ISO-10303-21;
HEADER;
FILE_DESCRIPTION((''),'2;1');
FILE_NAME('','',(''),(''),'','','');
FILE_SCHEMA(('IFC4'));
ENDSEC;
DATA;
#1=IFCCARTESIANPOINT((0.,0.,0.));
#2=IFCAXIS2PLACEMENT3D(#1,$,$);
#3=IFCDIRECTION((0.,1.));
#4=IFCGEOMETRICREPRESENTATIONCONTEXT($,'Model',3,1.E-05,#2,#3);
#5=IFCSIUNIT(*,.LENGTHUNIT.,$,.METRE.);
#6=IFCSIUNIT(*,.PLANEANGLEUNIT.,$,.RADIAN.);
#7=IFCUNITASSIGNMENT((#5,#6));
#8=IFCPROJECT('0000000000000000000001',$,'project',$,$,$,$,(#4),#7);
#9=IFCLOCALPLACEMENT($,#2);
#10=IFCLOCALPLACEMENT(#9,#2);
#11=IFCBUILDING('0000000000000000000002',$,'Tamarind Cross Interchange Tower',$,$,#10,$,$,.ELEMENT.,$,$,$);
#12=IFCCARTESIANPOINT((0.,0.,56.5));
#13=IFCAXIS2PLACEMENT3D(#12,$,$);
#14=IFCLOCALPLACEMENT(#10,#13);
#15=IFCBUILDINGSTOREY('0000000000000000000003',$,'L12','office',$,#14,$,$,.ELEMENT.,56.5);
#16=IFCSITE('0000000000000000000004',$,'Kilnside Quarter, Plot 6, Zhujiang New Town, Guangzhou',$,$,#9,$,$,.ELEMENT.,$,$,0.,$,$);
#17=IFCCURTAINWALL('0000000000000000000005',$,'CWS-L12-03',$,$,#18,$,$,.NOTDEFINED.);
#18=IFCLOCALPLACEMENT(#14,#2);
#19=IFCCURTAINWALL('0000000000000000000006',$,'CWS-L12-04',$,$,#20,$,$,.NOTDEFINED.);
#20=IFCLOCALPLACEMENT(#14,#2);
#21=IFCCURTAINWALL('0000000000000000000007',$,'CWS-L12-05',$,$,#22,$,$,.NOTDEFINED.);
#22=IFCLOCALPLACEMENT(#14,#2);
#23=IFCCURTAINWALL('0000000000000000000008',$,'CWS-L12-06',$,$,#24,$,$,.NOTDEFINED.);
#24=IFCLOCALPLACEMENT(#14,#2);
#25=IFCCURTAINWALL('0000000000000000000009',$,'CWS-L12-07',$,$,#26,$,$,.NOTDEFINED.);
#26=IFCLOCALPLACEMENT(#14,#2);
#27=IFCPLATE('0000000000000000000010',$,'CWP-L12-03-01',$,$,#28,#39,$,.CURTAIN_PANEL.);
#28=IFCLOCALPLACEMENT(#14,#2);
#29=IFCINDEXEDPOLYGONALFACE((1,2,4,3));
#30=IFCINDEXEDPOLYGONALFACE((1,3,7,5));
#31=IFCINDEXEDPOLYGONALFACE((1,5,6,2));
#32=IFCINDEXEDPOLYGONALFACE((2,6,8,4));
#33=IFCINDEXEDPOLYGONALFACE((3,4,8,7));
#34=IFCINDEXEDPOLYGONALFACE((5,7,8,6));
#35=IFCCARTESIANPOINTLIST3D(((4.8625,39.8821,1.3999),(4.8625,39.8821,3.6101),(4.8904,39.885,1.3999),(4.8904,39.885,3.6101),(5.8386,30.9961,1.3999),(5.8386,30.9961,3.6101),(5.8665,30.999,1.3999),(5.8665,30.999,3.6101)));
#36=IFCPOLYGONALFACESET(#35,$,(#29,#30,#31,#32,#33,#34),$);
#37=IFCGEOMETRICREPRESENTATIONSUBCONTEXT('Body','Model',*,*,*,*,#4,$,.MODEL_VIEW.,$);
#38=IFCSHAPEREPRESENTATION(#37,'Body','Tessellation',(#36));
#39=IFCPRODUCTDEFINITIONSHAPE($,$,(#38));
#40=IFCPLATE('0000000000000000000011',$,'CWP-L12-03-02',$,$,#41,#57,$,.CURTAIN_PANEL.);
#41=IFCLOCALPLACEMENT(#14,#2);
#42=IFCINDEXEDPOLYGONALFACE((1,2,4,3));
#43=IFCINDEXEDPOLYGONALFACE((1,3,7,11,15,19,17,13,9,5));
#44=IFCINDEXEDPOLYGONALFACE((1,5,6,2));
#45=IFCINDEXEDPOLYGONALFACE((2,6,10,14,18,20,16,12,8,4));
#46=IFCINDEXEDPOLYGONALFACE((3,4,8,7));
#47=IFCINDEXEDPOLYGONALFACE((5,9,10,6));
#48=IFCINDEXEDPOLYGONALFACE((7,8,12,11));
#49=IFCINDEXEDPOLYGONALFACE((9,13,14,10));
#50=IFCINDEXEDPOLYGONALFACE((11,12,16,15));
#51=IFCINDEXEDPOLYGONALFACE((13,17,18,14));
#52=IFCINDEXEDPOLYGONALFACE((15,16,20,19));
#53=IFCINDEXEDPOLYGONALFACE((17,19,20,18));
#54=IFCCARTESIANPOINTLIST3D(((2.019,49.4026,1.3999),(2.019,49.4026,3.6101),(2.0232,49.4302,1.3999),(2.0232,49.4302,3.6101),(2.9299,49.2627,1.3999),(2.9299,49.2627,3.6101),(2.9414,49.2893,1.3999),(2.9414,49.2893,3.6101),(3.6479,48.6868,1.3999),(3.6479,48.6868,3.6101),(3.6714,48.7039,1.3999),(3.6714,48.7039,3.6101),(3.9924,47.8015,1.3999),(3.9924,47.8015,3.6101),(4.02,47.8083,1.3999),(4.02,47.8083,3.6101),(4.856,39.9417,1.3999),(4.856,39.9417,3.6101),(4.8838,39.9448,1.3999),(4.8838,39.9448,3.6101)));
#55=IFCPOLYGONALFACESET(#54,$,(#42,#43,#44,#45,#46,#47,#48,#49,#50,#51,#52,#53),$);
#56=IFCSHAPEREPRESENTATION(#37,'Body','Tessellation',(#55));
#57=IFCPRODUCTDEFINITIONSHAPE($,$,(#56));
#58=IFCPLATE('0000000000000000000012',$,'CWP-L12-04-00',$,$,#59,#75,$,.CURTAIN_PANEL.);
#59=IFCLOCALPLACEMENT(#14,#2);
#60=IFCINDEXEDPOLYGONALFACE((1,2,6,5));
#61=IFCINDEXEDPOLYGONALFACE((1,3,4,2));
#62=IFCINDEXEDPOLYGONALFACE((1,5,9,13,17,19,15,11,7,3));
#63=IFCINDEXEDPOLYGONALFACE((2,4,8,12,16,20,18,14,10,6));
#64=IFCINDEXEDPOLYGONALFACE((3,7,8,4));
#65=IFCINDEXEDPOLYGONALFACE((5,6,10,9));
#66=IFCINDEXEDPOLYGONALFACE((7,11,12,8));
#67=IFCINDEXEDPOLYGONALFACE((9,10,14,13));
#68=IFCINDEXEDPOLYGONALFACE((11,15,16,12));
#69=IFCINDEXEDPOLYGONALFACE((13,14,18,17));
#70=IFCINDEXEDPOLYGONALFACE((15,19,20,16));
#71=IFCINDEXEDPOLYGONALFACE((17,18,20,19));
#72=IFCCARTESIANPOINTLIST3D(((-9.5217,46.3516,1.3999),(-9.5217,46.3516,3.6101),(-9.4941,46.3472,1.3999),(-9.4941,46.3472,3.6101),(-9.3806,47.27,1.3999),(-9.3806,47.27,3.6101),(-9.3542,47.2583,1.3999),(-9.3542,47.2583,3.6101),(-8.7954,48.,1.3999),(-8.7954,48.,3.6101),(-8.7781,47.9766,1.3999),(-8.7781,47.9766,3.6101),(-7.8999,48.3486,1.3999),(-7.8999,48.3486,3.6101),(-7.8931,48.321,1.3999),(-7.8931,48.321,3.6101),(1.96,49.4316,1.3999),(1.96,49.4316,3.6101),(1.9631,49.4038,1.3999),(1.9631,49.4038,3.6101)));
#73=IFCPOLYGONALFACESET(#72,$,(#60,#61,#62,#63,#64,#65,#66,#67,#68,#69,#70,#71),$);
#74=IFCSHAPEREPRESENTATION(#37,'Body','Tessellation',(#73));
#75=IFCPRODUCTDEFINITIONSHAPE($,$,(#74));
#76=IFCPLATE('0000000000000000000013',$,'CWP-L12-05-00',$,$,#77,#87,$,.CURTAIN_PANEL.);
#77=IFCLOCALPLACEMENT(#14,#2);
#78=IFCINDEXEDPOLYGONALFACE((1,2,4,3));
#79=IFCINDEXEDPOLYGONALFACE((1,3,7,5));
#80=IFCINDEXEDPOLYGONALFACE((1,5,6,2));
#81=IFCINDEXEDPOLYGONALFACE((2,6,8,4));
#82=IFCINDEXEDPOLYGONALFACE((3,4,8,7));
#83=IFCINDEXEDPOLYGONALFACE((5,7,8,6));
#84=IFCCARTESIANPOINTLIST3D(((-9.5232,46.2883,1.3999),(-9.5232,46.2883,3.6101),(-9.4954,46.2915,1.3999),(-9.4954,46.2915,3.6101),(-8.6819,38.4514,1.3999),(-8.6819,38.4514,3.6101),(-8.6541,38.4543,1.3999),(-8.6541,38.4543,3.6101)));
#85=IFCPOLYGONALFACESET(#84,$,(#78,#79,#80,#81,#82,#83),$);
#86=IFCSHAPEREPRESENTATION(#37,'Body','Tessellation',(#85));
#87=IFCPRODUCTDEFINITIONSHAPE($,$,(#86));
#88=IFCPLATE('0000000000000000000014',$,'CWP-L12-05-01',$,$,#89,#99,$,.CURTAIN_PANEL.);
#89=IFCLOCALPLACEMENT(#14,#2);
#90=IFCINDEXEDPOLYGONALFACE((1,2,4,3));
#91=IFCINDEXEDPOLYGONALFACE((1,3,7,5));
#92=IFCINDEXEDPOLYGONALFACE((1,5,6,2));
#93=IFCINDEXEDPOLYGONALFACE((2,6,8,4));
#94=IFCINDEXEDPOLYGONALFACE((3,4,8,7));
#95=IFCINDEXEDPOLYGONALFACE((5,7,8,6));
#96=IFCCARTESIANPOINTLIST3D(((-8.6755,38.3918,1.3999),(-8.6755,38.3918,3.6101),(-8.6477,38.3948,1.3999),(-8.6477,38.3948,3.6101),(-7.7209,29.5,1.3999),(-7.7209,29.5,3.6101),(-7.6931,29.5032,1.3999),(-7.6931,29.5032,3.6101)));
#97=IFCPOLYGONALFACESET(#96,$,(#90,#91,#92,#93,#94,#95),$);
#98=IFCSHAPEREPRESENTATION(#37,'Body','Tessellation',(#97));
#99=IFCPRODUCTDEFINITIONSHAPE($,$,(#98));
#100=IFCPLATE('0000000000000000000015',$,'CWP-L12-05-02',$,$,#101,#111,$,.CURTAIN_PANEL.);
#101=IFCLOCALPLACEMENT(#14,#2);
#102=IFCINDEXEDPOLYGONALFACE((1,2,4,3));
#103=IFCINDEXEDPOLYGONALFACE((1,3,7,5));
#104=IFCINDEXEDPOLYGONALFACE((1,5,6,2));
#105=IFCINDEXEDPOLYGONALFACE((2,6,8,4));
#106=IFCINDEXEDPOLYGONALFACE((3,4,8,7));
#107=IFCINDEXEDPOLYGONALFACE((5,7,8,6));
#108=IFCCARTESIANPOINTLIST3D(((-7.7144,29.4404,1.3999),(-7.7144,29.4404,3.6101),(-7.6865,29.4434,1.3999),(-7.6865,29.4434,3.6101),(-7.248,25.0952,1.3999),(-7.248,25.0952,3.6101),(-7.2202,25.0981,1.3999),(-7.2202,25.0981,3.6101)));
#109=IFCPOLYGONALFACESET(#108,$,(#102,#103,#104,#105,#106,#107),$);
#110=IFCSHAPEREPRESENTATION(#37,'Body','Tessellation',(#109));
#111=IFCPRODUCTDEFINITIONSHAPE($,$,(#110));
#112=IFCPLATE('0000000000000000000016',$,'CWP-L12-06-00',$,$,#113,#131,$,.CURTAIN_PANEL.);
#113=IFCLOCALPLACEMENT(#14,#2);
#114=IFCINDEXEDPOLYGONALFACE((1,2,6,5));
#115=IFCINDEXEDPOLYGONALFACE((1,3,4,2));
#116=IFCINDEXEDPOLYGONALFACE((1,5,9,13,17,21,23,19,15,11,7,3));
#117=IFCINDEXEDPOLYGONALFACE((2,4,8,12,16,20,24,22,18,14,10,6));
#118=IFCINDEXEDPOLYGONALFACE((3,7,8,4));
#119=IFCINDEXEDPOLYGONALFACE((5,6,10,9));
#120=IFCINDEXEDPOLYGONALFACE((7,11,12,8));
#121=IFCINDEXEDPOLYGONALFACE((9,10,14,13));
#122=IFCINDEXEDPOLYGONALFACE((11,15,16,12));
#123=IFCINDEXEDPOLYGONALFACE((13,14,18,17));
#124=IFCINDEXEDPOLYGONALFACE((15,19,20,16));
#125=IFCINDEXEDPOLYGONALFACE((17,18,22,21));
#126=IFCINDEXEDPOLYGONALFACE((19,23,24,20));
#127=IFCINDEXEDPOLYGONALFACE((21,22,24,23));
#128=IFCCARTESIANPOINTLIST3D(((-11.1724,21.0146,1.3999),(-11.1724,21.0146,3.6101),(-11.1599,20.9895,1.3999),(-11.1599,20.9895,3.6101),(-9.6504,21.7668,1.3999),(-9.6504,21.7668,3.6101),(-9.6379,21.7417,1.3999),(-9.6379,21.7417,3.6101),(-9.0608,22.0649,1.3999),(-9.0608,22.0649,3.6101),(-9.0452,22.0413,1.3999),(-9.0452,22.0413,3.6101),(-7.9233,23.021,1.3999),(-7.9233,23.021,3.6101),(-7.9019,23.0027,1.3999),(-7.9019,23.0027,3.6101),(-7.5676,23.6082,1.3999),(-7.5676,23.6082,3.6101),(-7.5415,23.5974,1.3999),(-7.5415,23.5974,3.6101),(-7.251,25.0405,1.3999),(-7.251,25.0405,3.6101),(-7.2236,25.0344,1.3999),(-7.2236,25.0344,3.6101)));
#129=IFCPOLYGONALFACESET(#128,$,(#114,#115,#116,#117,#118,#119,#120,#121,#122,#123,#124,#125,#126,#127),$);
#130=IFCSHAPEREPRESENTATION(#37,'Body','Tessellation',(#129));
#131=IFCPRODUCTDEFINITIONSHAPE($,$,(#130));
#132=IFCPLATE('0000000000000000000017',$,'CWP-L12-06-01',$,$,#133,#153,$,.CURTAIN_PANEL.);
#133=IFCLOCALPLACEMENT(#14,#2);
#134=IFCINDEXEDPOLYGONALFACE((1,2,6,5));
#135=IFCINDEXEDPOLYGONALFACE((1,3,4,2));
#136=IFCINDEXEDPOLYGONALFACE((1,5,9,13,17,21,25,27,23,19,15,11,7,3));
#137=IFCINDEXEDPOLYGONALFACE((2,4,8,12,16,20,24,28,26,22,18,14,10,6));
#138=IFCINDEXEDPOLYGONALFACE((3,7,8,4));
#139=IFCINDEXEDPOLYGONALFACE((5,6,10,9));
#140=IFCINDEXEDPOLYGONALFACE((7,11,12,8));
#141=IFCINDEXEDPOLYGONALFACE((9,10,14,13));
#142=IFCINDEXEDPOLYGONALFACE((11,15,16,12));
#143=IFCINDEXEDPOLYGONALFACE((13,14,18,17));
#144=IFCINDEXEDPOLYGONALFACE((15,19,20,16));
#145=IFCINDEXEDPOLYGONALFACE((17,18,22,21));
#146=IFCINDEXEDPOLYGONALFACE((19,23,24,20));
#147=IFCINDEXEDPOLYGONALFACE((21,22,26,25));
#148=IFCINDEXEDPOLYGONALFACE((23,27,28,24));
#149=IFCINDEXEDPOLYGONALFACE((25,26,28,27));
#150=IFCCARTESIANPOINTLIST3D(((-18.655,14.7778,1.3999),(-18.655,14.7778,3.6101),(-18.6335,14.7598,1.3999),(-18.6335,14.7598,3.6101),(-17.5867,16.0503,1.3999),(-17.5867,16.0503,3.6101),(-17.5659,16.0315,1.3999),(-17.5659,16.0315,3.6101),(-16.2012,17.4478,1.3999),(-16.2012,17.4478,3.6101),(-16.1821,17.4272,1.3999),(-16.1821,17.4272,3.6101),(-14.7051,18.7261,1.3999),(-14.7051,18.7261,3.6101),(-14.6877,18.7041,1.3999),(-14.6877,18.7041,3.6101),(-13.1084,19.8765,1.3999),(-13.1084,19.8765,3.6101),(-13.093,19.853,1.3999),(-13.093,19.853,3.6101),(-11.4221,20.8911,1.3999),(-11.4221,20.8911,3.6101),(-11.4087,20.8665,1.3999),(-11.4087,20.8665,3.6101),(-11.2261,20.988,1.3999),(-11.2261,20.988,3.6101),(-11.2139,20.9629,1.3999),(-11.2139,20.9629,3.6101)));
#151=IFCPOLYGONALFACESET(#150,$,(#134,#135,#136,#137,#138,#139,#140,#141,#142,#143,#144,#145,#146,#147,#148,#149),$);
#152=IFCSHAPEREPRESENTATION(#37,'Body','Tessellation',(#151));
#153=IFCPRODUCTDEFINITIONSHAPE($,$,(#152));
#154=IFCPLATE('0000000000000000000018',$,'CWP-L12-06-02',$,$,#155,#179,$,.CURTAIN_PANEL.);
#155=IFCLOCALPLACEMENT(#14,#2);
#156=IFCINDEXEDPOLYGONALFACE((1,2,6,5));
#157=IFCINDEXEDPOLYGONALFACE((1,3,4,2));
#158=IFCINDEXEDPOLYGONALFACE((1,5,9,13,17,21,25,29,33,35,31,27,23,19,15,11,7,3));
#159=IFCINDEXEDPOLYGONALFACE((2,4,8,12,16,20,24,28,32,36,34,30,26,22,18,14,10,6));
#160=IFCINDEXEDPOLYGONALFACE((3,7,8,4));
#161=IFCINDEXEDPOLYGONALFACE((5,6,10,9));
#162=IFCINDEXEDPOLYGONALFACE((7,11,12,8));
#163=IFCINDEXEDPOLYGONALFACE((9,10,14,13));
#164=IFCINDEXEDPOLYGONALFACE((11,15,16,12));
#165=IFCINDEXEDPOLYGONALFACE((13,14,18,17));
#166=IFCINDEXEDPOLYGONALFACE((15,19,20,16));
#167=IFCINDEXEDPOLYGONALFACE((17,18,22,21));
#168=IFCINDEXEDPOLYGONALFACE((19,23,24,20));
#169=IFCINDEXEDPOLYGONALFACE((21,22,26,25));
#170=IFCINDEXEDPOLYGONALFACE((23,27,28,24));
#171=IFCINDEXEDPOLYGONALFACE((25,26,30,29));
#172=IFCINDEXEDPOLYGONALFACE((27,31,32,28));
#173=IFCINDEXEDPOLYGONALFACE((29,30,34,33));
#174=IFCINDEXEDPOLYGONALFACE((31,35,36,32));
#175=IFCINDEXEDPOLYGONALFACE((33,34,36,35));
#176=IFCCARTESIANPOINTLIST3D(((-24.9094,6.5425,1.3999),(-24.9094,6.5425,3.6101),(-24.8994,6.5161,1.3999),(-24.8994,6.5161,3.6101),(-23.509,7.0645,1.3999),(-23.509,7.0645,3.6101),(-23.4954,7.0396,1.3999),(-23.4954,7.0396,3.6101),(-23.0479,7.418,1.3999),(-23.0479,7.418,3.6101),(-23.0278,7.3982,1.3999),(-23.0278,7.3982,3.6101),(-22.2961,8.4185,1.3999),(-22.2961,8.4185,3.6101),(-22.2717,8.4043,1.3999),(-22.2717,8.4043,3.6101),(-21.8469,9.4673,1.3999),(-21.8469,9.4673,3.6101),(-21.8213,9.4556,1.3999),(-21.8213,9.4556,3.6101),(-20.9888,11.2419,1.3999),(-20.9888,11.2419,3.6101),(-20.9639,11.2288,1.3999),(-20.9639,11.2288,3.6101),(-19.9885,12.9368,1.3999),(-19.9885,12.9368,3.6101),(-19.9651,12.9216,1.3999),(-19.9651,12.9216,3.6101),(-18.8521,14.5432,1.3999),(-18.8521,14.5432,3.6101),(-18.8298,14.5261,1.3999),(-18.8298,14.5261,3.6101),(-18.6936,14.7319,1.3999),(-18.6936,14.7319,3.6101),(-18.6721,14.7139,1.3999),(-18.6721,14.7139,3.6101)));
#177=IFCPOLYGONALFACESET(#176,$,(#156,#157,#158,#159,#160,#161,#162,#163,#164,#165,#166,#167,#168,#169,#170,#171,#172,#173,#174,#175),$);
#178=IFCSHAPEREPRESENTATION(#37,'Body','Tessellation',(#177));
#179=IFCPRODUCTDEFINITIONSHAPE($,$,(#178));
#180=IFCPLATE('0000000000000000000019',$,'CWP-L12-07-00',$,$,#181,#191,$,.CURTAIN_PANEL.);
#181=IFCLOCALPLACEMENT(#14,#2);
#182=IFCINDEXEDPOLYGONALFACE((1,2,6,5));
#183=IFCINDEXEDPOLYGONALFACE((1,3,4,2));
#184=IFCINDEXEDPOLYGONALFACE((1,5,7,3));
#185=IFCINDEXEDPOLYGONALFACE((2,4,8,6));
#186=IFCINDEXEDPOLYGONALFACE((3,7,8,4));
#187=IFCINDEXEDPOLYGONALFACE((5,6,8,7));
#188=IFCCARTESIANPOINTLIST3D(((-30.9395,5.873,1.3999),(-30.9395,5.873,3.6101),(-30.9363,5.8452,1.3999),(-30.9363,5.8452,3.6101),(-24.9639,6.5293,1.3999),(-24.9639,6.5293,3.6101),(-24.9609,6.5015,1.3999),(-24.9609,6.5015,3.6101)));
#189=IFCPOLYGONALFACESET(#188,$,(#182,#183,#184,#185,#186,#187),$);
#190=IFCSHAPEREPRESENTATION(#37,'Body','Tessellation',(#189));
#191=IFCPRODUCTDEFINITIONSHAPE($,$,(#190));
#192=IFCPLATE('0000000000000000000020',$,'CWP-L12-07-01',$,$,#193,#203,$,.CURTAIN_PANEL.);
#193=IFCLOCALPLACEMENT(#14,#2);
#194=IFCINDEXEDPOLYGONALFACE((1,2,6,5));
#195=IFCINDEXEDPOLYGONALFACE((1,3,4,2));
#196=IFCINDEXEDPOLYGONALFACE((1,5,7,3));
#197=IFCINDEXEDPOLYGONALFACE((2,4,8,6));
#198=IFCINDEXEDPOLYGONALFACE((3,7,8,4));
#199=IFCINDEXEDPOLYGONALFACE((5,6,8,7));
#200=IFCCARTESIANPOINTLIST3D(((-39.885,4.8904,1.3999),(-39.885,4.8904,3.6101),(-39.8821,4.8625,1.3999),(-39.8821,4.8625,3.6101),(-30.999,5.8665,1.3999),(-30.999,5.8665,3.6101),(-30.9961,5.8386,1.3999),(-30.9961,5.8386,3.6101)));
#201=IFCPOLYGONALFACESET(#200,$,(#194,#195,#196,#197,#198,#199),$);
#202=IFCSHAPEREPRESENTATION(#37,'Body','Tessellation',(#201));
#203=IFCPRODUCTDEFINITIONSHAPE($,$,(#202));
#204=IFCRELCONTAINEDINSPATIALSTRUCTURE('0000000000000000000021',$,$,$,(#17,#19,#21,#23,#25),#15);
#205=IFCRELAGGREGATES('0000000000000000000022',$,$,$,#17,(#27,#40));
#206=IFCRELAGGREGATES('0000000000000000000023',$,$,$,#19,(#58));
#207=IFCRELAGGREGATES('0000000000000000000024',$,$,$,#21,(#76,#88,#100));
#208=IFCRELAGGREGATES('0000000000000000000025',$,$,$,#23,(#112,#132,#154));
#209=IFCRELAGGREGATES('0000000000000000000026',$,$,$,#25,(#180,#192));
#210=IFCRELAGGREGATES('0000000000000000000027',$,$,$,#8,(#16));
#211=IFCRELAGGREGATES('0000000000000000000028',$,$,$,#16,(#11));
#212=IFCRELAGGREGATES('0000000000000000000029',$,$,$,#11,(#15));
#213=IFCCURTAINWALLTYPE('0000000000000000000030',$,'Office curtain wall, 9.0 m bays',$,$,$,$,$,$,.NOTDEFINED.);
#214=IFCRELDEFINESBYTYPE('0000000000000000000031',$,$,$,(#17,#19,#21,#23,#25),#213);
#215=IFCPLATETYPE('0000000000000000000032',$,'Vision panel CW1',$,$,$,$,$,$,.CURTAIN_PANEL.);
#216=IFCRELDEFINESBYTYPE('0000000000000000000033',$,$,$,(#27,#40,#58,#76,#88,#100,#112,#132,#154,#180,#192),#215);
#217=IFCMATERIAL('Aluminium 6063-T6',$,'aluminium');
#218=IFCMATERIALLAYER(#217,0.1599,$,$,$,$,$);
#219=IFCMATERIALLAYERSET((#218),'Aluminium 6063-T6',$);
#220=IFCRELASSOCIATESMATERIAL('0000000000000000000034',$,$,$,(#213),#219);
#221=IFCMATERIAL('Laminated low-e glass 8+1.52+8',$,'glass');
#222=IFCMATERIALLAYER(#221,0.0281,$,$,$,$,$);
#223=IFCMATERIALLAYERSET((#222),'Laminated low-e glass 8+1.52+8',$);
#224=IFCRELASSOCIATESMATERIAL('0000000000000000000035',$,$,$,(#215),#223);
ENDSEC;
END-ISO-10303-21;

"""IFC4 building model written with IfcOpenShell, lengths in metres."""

from ifc_helpers import new_model, si_unit, direction, frame, origin, place, context, subcontext, project, spatial, polyline, outline, extrude, material, layer, layer_set, type_object, element, aggregate, save


model = new_model("IFC4")

# Units and contexts
model_context = context("Model", 3, precision=1e-05, world=origin(), true_north=direction((0.0, 1.0)))
body_context = subcontext(model_context, "Body", "Model", "MODEL_VIEW")
ifc_project = project(units=[si_unit("LENGTHUNIT", "METRE"), si_unit("PLANEANGLEUNIT", "RADIAN")], contexts=[model_context])

# Site, building, storey
site_placement = place(None, origin())
site = spatial("IfcSite", under=ifc_project, at=site_placement, Name="Kilnside Quarter, Plot 6, Zhujiang New Town, Guangzhou", CompositionType="ELEMENT", RefElevation=0.0)
building_placement = place(site_placement, origin())
building = spatial("IfcBuilding", under=site, at=building_placement, Name="Tamarind Cross Interchange Tower", CompositionType="ELEMENT")
storey_placement = place(building_placement, frame((0.0, 0.0, 56.5)))
storey = spatial("IfcBuildingStorey", under=building, at=storey_placement, Name="L12", Description="office", CompositionType="ELEMENT", Elevation=56.5)

# Curtain walls
ifc_material_1 = material(Name="Aluminium 6063-T6", Category="aluminium")
ifc_layer_1 = layer(ifc_material_1, 0.1599)
ifc_layer_set_1 = layer_set([ifc_layer_1], Name="Aluminium 6063-T6")
curtain_wall_type = type_object("IfcCurtainWallType", Name="Office curtain wall, 9.0 m bays", PredefinedType="NOTDEFINED", material=ifc_layer_set_1)
curtain_wall_1_placement = place(storey_placement, origin())
curtain_wall_1 = element("IfcCurtainWall", 1, at=curtain_wall_1_placement, inside=storey, type_object=curtain_wall_type, Name="CWS-L12-03", PredefinedType="NOTDEFINED")
curtain_wall_2_placement = place(storey_placement, origin())
curtain_wall_2 = element("IfcCurtainWall", 2, at=curtain_wall_2_placement, inside=storey, type_object=curtain_wall_type, Name="CWS-L12-04", PredefinedType="NOTDEFINED")
curtain_wall_3_placement = place(storey_placement, origin())
curtain_wall_3 = element("IfcCurtainWall", 3, at=curtain_wall_3_placement, inside=storey, type_object=curtain_wall_type, Name="CWS-L12-05", PredefinedType="NOTDEFINED")
curtain_wall_4_placement = place(storey_placement, origin())
curtain_wall_4 = element("IfcCurtainWall", 4, at=curtain_wall_4_placement, inside=storey, type_object=curtain_wall_type, Name="CWS-L12-06", PredefinedType="NOTDEFINED")
curtain_wall_5_placement = place(storey_placement, origin())
curtain_wall_5 = element("IfcCurtainWall", 5, at=curtain_wall_5_placement, inside=storey, type_object=curtain_wall_type, Name="CWS-L12-07", PredefinedType="NOTDEFINED")

# Plates
ifc_material_2 = material(Name="Laminated low-e glass 8+1.52+8", Category="glass")
ifc_layer_2 = layer(ifc_material_2, 0.0281)
ifc_layer_set_2 = layer_set([ifc_layer_2], Name="Laminated low-e glass 8+1.52+8")
plate_type = type_object("IfcPlateType", Name="Vision panel CW1", PredefinedType="CURTAIN_PANEL", material=ifc_layer_set_2)
plate_1_placement = place(storey_placement, frame((0.0, 0.0, 1.3999)))
plate_1 = element("IfcPlate", 6, at=plate_1_placement, type_object=plate_type, Name="CWP-L12-03-01", PredefinedType="CURTAIN_PANEL", context=body_context, shape_type="SweptSolid", body=[
    extrude(outline(polyline([(5.8386, 30.9961), (4.8625, 39.8821), (4.8904, 39.885), (5.8665, 30.999), (5.8386, 30.9961)])), origin(), (0.0, 0.0, 1.0), 2.2102),
])
plate_2_placement = place(storey_placement, frame((0.0, 0.0, 1.3999)))
plate_2 = element("IfcPlate", 7, at=plate_2_placement, type_object=plate_type, Name="CWP-L12-03-02", PredefinedType="CURTAIN_PANEL", context=body_context, shape_type="SweptSolid", body=[
    extrude(outline(polyline([(4.856, 39.9417), (3.9924, 47.8015), (3.6479, 48.6868), (2.9299, 49.2627), (2.019, 49.4026), (2.0232, 49.4302), (2.9414, 49.2893), (3.6714, 48.7039), (4.02, 47.8083), (4.8838, 39.9448), (4.856, 39.9417)])), origin(), (0.0, 0.0, 1.0), 2.2102),
])
aggregate(curtain_wall_1, [plate_1, plate_2])
plate_3_placement = place(storey_placement, frame((0.0, 0.0, 1.3999)))
plate_3 = element("IfcPlate", 8, at=plate_3_placement, type_object=plate_type, Name="CWP-L12-04-00", PredefinedType="CURTAIN_PANEL", context=body_context, shape_type="SweptSolid", body=[
    extrude(outline(polyline([(1.9631, 49.4038), (-7.8931, 48.321), (-8.7781, 47.9766), (-9.3542, 47.2583), (-9.4941, 46.3472), (-9.5217, 46.3516), (-9.3806, 47.27), (-8.7954, 48.0), (-7.8999, 48.3486), (1.96, 49.4316), (1.9631, 49.4038)])), origin(), (0.0, 0.0, 1.0), 2.2102),
])
aggregate(curtain_wall_2, [plate_3])
plate_4_placement = place(storey_placement, frame((0.0, 0.0, 1.3999)))
plate_4 = element("IfcPlate", 9, at=plate_4_placement, type_object=plate_type, Name="CWP-L12-05-00", PredefinedType="CURTAIN_PANEL", context=body_context, shape_type="SweptSolid", body=[
    extrude(outline(polyline([(-9.4954, 46.2915), (-8.6541, 38.4543), (-8.6819, 38.4514), (-9.5232, 46.2883), (-9.4954, 46.2915)])), origin(), (0.0, 0.0, 1.0), 2.2102),
])
plate_5_placement = place(storey_placement, frame((0.0, 0.0, 1.3999)))
plate_5 = element("IfcPlate", 10, at=plate_5_placement, type_object=plate_type, Name="CWP-L12-05-01", PredefinedType="CURTAIN_PANEL", context=body_context, shape_type="SweptSolid", body=[
    extrude(outline(polyline([(-8.6477, 38.3948), (-7.6931, 29.5032), (-7.7209, 29.5), (-8.6755, 38.3918), (-8.6477, 38.3948)])), origin(), (0.0, 0.0, 1.0), 2.2102),
])
plate_6_placement = place(storey_placement, frame((0.0, 0.0, 1.3999)))
plate_6 = element("IfcPlate", 11, at=plate_6_placement, type_object=plate_type, Name="CWP-L12-05-02", PredefinedType="CURTAIN_PANEL", context=body_context, shape_type="SweptSolid", body=[
    extrude(outline(polyline([(-7.6865, 29.4434), (-7.2202, 25.0981), (-7.248, 25.0952), (-7.7144, 29.4404), (-7.6865, 29.4434)])), origin(), (0.0, 0.0, 1.0), 2.2102),
])
aggregate(curtain_wall_3, [plate_4, plate_5, plate_6])
plate_7_placement = place(storey_placement, frame((0.0, 0.0, 1.3999)))
plate_7 = element("IfcPlate", 12, at=plate_7_placement, type_object=plate_type, Name="CWP-L12-06-00", PredefinedType="CURTAIN_PANEL", context=body_context, shape_type="SweptSolid", body=[
    extrude(outline(polyline([(-7.2236, 25.0344), (-7.5415, 23.5974), (-7.9019, 23.0027), (-9.0452, 22.0413), (-9.6379, 21.7417), (-11.1599, 20.9895), (-11.1724, 21.0146), (-9.6504, 21.7668), (-9.0608, 22.0649), (-7.9233, 23.021), (-7.5676, 23.6082), (-7.251, 25.0405), (-7.2236, 25.0344)])), origin(), (0.0, 0.0, 1.0), 2.2102),
])
plate_8_placement = place(storey_placement, frame((0.0, 0.0, 1.3999)))
plate_8 = element("IfcPlate", 13, at=plate_8_placement, type_object=plate_type, Name="CWP-L12-06-01", PredefinedType="CURTAIN_PANEL", context=body_context, shape_type="SweptSolid", body=[
    extrude(outline(polyline([(-11.2139, 20.9629), (-11.4087, 20.8665), (-13.093, 19.853), (-14.6877, 18.7041), (-16.1821, 17.4272), (-17.5659, 16.0315), (-18.6335, 14.7598), (-18.655, 14.7778), (-17.5867, 16.0503), (-16.2012, 17.4478), (-14.7051, 18.7261), (-13.1084, 19.8765), (-11.4221, 20.8911), (-11.2261, 20.988), (-11.2139, 20.9629)])), origin(), (0.0, 0.0, 1.0), 2.2102),
])
plate_9_placement = place(storey_placement, frame((0.0, 0.0, 1.3999)))
plate_9 = element("IfcPlate", 14, at=plate_9_placement, type_object=plate_type, Name="CWP-L12-06-02", PredefinedType="CURTAIN_PANEL", context=body_context, shape_type="SweptSolid", body=[
    extrude(outline(polyline([(-18.6721, 14.7139), (-18.8298, 14.5261), (-19.9651, 12.9216), (-20.9639, 11.2288), (-21.8213, 9.4556), (-22.2717, 8.4043), (-23.0278, 7.3982), (-23.4954, 7.0396), (-24.8994, 6.5161), (-24.9094, 6.5425), (-23.509, 7.0645), (-23.0479, 7.418), (-22.2961, 8.4185), (-21.8469, 9.4673), (-20.9888, 11.2419), (-19.9885, 12.9368), (-18.8521, 14.5432), (-18.6936, 14.7319), (-18.6721, 14.7139)])), origin(), (0.0, 0.0, 1.0), 2.2102),
])
aggregate(curtain_wall_4, [plate_7, plate_8, plate_9])
plate_10_placement = place(storey_placement, frame((0.0, 0.0, 1.3999)))
plate_10 = element("IfcPlate", 15, at=plate_10_placement, type_object=plate_type, Name="CWP-L12-07-00", PredefinedType="CURTAIN_PANEL", context=body_context, shape_type="SweptSolid", body=[
    extrude(outline(polyline([(-24.9609, 6.5015), (-30.9363, 5.8452), (-30.9395, 5.873), (-24.9639, 6.5293), (-24.9609, 6.5015)])), origin(), (0.0, 0.0, 1.0), 2.2102),
])
plate_11_placement = place(storey_placement, frame((0.0, 0.0, 1.3999)))
plate_11 = element("IfcPlate", 16, at=plate_11_placement, type_object=plate_type, Name="CWP-L12-07-01", PredefinedType="CURTAIN_PANEL", context=body_context, shape_type="SweptSolid", body=[
    extrude(outline(polyline([(-30.9961, 5.8386), (-39.8821, 4.8625), (-39.885, 4.8904), (-30.999, 5.8665), (-30.9961, 5.8386)])), origin(), (0.0, 0.0, 1.0), 2.2102),
])
aggregate(curtain_wall_5, [plate_10, plate_11])

save(model, "model.ifc")
